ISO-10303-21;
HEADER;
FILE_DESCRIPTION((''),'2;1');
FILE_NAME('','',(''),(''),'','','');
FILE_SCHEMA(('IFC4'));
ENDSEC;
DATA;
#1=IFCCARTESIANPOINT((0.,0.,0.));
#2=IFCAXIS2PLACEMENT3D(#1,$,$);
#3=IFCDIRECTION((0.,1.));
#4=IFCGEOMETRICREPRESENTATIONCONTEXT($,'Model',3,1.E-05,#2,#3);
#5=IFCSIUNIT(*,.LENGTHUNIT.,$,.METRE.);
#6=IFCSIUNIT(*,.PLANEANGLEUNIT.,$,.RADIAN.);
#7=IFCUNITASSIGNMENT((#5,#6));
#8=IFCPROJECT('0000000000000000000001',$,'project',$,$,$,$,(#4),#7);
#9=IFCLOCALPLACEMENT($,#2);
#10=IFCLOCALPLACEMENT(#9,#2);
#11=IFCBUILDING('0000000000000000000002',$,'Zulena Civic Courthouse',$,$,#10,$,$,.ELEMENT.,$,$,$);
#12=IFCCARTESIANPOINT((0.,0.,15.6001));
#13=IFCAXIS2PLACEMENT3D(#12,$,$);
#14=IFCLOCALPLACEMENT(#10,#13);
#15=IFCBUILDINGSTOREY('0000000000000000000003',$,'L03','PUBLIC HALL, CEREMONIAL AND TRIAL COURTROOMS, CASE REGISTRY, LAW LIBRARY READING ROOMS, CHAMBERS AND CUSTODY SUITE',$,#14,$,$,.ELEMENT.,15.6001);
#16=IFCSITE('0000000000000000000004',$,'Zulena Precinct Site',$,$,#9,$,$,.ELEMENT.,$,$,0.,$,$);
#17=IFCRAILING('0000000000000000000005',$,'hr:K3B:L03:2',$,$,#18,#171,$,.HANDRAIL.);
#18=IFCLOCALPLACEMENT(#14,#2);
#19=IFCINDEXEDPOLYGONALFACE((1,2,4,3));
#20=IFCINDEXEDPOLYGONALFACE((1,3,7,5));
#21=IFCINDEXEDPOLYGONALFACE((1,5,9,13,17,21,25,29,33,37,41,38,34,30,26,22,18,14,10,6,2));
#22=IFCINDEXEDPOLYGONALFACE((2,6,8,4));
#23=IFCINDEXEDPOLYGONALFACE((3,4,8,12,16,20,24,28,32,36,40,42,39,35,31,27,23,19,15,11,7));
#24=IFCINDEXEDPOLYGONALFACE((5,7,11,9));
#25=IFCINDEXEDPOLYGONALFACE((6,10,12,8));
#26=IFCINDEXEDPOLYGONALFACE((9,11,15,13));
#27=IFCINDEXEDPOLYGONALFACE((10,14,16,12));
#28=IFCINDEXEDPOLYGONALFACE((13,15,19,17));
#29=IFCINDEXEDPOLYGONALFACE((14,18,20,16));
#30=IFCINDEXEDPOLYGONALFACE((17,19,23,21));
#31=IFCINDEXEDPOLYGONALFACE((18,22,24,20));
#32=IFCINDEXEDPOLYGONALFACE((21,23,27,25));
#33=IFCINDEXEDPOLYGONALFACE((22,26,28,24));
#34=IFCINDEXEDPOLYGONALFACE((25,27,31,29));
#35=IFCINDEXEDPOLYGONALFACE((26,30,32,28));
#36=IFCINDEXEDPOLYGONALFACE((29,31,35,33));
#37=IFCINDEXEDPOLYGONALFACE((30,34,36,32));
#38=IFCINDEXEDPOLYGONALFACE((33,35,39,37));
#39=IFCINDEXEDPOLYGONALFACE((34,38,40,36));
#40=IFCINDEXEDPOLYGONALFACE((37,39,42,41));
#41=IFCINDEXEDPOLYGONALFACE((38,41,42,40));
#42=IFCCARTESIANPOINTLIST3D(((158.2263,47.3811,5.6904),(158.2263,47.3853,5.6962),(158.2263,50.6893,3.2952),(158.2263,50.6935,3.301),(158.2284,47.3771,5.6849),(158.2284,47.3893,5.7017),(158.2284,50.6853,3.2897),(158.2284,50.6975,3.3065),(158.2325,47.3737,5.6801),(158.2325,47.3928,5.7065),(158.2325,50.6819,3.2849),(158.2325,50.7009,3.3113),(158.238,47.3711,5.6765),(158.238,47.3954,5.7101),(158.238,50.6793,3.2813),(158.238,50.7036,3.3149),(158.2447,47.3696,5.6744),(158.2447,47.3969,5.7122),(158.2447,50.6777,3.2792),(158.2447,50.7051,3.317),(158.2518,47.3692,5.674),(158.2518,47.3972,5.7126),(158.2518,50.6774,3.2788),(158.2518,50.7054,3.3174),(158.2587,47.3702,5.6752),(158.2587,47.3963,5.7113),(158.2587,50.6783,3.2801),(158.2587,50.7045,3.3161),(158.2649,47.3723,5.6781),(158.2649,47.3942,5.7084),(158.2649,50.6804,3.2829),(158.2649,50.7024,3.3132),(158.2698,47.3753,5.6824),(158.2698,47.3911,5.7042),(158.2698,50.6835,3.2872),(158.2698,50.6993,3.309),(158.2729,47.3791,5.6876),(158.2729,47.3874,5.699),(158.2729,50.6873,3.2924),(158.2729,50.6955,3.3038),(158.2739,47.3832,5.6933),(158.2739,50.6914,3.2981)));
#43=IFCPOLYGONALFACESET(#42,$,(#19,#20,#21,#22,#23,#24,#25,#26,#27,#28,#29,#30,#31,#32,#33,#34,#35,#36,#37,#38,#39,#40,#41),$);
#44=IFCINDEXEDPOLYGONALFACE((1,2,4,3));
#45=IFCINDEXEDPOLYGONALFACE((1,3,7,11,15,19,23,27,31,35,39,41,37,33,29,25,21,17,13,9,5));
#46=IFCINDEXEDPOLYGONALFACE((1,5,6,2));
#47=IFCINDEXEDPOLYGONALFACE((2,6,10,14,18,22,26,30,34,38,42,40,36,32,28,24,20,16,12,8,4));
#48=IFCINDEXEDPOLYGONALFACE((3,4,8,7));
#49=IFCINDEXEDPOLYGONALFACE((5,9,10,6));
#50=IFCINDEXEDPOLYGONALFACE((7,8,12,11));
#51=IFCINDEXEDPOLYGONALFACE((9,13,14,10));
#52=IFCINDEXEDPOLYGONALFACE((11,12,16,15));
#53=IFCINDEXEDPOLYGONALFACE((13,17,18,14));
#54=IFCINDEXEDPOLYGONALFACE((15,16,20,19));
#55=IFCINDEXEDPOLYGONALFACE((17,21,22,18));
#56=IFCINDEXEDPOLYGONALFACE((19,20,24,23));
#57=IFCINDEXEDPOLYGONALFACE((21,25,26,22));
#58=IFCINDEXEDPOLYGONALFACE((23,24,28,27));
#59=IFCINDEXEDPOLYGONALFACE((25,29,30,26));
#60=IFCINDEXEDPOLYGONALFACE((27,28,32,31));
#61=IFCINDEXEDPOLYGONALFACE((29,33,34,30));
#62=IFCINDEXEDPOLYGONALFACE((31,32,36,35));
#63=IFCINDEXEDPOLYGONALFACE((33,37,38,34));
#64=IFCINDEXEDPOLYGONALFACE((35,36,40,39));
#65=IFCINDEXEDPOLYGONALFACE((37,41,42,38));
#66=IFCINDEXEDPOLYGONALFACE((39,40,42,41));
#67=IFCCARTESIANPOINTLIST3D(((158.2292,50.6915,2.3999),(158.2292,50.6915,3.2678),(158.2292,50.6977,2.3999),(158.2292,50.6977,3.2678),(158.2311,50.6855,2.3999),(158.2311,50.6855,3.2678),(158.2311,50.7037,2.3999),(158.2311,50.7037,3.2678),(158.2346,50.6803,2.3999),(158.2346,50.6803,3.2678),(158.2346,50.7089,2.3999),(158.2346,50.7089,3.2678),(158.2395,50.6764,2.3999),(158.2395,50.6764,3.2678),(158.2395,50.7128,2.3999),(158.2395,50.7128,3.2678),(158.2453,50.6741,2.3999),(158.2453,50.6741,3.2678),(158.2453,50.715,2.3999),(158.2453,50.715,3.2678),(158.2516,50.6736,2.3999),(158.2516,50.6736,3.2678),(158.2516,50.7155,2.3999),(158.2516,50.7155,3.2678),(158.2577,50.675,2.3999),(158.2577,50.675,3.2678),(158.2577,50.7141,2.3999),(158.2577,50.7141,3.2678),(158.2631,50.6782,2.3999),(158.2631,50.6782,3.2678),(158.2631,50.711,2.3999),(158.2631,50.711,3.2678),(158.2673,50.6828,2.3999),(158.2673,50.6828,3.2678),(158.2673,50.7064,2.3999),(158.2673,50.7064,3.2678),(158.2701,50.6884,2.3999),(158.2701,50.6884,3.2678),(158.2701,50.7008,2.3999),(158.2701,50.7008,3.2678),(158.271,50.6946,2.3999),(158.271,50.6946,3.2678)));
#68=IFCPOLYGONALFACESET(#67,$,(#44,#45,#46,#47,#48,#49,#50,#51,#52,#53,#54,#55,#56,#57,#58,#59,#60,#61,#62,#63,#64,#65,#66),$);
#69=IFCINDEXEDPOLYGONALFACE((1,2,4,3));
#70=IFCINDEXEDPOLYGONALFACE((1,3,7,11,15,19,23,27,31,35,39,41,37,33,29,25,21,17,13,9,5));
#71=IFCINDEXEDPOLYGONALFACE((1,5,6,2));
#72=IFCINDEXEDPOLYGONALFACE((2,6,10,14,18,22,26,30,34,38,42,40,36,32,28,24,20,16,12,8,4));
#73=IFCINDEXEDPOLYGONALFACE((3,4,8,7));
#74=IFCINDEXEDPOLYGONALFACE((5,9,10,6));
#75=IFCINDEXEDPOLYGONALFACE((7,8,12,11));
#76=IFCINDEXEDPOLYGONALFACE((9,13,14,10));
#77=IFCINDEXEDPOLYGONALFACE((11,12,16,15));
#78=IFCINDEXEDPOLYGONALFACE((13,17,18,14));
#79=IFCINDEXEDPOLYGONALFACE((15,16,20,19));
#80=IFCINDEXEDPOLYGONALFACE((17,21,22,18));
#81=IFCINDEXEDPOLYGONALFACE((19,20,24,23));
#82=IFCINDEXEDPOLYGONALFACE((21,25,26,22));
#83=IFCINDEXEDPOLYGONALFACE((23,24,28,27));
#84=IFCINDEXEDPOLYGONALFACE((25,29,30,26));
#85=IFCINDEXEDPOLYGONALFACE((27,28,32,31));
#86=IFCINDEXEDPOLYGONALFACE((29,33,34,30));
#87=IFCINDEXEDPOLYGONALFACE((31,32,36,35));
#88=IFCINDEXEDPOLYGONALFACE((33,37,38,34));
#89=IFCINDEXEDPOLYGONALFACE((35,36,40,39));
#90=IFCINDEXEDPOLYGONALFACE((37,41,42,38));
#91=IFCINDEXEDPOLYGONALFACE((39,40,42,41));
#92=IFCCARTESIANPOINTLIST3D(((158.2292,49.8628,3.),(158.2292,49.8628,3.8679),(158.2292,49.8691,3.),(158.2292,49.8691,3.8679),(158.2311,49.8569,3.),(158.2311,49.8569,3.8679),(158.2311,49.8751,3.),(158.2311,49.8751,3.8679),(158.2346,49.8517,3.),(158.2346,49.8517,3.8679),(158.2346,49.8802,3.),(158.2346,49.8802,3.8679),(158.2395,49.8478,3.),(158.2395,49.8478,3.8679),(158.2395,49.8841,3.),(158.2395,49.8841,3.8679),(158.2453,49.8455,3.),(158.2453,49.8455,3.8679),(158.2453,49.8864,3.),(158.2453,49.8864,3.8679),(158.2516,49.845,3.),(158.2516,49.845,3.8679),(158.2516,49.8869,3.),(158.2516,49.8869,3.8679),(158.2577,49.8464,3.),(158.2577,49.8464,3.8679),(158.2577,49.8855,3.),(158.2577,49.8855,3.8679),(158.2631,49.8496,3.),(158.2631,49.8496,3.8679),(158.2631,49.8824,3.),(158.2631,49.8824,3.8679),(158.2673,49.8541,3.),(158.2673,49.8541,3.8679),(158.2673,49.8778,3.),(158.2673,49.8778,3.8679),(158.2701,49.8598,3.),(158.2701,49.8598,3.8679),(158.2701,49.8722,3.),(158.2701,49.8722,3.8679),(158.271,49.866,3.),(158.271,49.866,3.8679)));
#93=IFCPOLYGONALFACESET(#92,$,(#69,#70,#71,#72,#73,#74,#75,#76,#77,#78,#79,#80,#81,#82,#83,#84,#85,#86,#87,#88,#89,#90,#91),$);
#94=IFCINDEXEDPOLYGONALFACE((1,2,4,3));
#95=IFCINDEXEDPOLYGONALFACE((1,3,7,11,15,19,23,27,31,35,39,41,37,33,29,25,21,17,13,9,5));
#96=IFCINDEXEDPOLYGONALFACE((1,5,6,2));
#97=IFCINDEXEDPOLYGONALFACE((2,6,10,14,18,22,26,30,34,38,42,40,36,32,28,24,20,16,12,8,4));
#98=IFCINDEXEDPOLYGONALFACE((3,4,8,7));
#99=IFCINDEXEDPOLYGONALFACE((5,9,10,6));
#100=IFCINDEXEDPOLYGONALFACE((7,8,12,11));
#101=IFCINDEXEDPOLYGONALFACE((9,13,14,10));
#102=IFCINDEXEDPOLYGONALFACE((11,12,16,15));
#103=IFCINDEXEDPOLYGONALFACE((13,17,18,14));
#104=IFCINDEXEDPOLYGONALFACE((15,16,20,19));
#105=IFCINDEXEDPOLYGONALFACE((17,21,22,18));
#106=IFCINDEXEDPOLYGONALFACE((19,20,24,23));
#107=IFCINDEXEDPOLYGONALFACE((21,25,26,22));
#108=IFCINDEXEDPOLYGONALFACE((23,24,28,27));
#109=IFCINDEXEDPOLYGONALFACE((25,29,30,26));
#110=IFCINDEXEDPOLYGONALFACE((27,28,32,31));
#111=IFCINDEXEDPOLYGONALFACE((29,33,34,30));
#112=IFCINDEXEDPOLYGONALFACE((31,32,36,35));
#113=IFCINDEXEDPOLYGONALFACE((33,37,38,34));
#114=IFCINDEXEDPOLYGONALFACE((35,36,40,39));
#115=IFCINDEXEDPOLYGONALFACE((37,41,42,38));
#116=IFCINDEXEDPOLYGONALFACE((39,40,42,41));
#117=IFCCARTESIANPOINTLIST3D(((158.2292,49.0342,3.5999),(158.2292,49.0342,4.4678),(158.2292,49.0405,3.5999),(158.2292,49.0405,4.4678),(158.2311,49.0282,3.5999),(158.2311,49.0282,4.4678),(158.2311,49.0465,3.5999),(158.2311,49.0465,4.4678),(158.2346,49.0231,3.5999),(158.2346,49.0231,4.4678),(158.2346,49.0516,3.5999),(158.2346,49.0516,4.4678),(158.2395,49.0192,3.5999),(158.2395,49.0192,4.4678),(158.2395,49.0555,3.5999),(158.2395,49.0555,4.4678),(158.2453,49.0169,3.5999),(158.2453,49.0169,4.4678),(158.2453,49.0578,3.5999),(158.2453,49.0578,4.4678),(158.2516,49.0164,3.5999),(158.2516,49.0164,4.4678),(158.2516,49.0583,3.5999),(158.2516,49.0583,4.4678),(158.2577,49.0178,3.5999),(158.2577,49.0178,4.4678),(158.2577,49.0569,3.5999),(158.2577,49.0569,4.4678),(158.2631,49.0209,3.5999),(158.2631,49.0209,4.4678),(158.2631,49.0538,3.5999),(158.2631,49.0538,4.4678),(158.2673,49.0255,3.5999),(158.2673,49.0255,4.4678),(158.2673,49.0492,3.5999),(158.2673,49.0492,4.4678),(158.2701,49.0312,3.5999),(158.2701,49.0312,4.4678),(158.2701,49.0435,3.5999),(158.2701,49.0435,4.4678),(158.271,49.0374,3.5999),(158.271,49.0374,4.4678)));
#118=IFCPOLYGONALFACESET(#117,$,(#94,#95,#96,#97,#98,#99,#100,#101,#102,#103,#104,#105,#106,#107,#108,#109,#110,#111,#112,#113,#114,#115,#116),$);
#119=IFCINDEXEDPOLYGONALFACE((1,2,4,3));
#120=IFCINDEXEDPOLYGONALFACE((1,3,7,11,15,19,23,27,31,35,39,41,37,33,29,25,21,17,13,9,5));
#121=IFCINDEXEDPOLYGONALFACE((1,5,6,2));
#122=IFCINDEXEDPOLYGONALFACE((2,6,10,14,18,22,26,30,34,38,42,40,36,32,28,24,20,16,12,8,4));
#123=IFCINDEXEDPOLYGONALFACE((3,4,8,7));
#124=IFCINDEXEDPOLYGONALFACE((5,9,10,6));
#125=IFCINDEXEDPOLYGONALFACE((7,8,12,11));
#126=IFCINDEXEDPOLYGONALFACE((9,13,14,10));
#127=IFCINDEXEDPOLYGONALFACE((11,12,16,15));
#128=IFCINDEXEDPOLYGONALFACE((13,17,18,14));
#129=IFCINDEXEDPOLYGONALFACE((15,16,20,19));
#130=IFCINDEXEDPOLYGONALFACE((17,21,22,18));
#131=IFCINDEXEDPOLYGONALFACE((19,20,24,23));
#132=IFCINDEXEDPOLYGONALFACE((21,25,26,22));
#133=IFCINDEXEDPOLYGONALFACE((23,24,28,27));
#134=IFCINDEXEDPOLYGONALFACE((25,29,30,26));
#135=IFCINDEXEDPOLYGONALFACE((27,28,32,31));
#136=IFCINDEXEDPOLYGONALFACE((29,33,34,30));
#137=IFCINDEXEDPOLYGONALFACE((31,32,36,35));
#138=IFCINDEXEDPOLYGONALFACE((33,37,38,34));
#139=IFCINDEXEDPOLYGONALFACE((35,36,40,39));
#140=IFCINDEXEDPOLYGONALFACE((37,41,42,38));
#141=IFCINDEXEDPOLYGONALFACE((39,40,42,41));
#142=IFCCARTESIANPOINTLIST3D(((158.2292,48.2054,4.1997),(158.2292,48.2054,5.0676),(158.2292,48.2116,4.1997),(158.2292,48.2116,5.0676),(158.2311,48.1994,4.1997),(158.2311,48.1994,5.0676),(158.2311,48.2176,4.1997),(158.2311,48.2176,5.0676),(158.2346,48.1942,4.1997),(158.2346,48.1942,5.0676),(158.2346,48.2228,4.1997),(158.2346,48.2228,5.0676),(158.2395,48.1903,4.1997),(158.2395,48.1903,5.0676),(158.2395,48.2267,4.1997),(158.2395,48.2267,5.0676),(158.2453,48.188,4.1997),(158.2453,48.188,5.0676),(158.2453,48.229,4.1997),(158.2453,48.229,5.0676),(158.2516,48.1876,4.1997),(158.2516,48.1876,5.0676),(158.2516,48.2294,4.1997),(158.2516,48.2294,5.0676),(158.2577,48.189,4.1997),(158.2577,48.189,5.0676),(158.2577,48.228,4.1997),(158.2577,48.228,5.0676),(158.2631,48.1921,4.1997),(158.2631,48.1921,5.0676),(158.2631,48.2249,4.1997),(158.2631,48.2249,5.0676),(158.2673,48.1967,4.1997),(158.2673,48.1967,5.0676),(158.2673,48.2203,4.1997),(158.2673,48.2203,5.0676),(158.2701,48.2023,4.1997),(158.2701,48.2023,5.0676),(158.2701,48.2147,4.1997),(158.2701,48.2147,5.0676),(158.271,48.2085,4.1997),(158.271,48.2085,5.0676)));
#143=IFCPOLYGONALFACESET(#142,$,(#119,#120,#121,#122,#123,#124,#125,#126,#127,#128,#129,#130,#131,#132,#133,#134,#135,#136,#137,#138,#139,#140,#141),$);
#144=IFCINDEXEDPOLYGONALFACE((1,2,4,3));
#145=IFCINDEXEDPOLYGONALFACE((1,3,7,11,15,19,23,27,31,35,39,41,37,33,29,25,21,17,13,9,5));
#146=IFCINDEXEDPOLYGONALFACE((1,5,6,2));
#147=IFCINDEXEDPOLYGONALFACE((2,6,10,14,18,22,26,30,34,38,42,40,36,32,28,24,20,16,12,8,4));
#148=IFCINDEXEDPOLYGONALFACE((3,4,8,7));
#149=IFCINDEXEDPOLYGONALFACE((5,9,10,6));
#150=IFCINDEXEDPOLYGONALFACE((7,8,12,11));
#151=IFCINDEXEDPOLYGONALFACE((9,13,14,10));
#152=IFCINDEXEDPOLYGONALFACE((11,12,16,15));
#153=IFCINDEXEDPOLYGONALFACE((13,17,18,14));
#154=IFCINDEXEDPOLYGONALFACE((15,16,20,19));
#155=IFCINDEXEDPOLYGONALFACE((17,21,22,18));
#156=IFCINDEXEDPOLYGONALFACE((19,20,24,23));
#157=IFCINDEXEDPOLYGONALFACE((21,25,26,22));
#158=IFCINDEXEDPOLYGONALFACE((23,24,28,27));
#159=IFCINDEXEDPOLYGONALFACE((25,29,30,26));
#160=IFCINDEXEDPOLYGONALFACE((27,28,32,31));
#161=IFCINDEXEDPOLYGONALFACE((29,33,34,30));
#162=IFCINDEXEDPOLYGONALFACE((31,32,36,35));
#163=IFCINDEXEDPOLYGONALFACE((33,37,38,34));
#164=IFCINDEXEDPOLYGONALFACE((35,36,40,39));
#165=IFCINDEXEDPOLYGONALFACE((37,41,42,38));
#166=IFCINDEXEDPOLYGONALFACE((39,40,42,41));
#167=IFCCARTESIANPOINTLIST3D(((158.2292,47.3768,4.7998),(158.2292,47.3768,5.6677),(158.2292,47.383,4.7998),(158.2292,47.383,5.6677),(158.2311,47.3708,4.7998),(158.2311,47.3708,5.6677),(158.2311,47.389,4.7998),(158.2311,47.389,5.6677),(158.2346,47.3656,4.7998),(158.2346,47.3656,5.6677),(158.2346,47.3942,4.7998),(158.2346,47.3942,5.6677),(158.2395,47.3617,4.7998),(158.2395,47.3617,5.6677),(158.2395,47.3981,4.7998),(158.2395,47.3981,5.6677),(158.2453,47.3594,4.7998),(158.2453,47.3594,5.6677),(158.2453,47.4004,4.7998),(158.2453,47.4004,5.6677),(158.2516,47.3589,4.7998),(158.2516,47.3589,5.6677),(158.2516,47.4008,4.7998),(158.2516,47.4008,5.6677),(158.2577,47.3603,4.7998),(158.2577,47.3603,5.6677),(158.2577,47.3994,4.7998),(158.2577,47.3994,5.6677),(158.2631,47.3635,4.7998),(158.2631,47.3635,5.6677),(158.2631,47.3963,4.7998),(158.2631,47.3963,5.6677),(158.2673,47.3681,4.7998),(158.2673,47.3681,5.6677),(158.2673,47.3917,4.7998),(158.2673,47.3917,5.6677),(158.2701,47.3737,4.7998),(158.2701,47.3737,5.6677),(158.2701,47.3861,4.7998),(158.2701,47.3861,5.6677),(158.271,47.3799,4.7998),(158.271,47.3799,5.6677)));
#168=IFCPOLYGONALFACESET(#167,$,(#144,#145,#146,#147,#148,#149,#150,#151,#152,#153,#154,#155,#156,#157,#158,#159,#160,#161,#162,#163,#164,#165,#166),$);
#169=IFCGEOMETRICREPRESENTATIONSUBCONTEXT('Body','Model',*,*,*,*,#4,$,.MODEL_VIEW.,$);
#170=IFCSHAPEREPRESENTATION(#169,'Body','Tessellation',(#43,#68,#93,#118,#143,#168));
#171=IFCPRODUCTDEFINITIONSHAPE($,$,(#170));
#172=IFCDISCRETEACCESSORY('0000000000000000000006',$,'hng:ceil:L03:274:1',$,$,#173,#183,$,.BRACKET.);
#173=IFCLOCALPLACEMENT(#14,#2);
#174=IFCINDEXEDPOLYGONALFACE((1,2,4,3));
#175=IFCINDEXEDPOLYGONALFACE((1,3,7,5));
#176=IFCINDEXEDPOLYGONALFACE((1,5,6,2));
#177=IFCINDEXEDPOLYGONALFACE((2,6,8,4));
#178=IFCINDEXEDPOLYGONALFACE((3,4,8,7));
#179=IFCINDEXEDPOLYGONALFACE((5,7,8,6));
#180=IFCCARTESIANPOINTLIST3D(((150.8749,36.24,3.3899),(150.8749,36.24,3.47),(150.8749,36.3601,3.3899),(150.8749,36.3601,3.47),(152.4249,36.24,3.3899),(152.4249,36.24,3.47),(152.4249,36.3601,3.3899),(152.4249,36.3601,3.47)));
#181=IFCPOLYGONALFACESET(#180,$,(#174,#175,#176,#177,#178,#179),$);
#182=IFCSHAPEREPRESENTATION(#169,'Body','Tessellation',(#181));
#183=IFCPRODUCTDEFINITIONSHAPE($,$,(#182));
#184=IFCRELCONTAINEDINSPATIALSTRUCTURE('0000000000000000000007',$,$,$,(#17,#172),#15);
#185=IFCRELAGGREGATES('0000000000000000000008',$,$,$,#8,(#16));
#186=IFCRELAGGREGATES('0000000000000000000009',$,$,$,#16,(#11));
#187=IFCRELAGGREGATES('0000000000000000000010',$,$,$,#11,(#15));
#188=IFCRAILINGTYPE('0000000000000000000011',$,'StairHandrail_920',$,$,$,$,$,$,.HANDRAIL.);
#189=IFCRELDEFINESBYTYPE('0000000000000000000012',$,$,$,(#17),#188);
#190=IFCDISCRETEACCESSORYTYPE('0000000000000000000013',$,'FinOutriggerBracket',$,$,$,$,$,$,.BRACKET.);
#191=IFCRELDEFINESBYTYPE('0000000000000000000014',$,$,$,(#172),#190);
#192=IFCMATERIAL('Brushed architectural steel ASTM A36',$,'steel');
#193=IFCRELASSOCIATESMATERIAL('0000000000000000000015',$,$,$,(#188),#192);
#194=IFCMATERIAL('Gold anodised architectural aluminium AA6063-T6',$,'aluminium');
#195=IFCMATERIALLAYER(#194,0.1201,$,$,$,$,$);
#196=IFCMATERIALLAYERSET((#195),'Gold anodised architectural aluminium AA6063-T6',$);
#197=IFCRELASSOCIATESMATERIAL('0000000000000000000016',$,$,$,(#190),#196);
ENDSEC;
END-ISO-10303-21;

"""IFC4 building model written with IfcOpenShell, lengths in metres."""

from ifc_helpers import new_model, si_unit, direction, frame, origin, origin_2d, place, context, subcontext, project, spatial, rectangle, circle, extrude, material, layer, layer_set, type_object, element, save


model = new_model("IFC4")

# Units and contexts
model_context = context("Model", 3, precision=1e-05, world=origin(), true_north=direction((0.0, 1.0)))
body_context = subcontext(model_context, "Body", "Model", "MODEL_VIEW")
ifc_project = project(units=[si_unit("LENGTHUNIT", "METRE"), si_unit("PLANEANGLEUNIT", "RADIAN")], contexts=[model_context])

# Site, building, storey
site_placement = place(None, origin())
site = spatial("IfcSite", under=ifc_project, at=site_placement, Name="Zulena Precinct Site", CompositionType="ELEMENT", RefElevation=0.0)
building_placement = place(site_placement, origin())
building = spatial("IfcBuilding", under=site, at=building_placement, Name="Zulena Civic Courthouse", CompositionType="ELEMENT")
storey_placement = place(building_placement, frame((0.0, 0.0, 15.6001)))
storey = spatial("IfcBuildingStorey", under=building, at=storey_placement, Name="L03", Description="PUBLIC HALL, CEREMONIAL AND TRIAL COURTROOMS, CASE REGISTRY, LAW LIBRARY READING ROOMS, CHAMBERS AND CUSTODY SUITE", CompositionType="ELEMENT", Elevation=15.6001)

# Shared definitions
ifc_material_1 = material(Name="Brushed architectural steel ASTM A36", Category="steel")

# Railing
railing_type_1 = type_object("IfcRailingType", Name="StairHandrail_920", PredefinedType="HANDRAIL", material=ifc_material_1)
railing_1_placement = place(storey_placement, frame((158.25, 50.6946, 2.3999)))
element("IfcRailing", 1, at=railing_1_placement, inside=storey, type_object=railing_type_1, Name="hr:K3B:L03:2", PredefinedType="HANDRAIL", context=body_context, shape_type="SweptSolid", body=[
    extrude(circle(Radius=0.0239, at=origin_2d()), frame((0.0, -0.0032, 0.8982), z_axis=(0.0, -0.809988, 0.586446), x_axis=(1.0, 0.0, 0.0)), (0.0, 0.0, 1.0), 4.0842),
    extrude(circle(Radius=0.021, at=origin_2d()), origin(), (0.0, 0.0, 1.0), 0.8679),
    extrude(circle(Radius=0.021, at=origin_2d()), frame((0.0, -0.8286, 0.6001)), (0.0, 0.0, 1.0), 0.8679),
    extrude(circle(Radius=0.021, at=origin_2d()), frame((0.0, -1.6572, 1.2)), (0.0, 0.0, 1.0), 0.8679),
    extrude(circle(Radius=0.021, at=origin_2d()), frame((0.0, -2.4861, 1.7998)), (0.0, 0.0, 1.0), 0.8679),
    extrude(circle(Radius=0.021, at=origin_2d()), frame((0.0, -3.3147, 2.3999)), (0.0, 0.0, 1.0), 0.8679),
])

# Discrete accessory
ifc_material_2 = material(Name="Gold anodised architectural aluminium AA6063-T6", Category="aluminium")
ifc_layer_1 = layer(ifc_material_2, 0.1201)
ifc_layer_set_1 = layer_set([ifc_layer_1], Name="Gold anodised architectural aluminium AA6063-T6")
discrete_accessory_type = type_object("IfcDiscreteAccessoryType", Name="FinOutriggerBracket", PredefinedType="BRACKET", material=ifc_layer_set_1)
discrete_accessory_placement = place(storey_placement, frame((151.6499, 36.3, 3.3899), z_axis=(0.0, 0.0, 1.0), x_axis=(1.0, 0.0, 0.0)))
element("IfcDiscreteAccessory", 2, at=discrete_accessory_placement, inside=storey, type_object=discrete_accessory_type, Name="hng:ceil:L03:274:1", PredefinedType="BRACKET", context=body_context, shape_type="SweptSolid", body=[
    extrude(rectangle(XDim=1.55, YDim=0.1201, at=origin_2d()), origin(), (0.0, 0.0, 1.0), 0.0801),
])

save(model, "model.ifc")
